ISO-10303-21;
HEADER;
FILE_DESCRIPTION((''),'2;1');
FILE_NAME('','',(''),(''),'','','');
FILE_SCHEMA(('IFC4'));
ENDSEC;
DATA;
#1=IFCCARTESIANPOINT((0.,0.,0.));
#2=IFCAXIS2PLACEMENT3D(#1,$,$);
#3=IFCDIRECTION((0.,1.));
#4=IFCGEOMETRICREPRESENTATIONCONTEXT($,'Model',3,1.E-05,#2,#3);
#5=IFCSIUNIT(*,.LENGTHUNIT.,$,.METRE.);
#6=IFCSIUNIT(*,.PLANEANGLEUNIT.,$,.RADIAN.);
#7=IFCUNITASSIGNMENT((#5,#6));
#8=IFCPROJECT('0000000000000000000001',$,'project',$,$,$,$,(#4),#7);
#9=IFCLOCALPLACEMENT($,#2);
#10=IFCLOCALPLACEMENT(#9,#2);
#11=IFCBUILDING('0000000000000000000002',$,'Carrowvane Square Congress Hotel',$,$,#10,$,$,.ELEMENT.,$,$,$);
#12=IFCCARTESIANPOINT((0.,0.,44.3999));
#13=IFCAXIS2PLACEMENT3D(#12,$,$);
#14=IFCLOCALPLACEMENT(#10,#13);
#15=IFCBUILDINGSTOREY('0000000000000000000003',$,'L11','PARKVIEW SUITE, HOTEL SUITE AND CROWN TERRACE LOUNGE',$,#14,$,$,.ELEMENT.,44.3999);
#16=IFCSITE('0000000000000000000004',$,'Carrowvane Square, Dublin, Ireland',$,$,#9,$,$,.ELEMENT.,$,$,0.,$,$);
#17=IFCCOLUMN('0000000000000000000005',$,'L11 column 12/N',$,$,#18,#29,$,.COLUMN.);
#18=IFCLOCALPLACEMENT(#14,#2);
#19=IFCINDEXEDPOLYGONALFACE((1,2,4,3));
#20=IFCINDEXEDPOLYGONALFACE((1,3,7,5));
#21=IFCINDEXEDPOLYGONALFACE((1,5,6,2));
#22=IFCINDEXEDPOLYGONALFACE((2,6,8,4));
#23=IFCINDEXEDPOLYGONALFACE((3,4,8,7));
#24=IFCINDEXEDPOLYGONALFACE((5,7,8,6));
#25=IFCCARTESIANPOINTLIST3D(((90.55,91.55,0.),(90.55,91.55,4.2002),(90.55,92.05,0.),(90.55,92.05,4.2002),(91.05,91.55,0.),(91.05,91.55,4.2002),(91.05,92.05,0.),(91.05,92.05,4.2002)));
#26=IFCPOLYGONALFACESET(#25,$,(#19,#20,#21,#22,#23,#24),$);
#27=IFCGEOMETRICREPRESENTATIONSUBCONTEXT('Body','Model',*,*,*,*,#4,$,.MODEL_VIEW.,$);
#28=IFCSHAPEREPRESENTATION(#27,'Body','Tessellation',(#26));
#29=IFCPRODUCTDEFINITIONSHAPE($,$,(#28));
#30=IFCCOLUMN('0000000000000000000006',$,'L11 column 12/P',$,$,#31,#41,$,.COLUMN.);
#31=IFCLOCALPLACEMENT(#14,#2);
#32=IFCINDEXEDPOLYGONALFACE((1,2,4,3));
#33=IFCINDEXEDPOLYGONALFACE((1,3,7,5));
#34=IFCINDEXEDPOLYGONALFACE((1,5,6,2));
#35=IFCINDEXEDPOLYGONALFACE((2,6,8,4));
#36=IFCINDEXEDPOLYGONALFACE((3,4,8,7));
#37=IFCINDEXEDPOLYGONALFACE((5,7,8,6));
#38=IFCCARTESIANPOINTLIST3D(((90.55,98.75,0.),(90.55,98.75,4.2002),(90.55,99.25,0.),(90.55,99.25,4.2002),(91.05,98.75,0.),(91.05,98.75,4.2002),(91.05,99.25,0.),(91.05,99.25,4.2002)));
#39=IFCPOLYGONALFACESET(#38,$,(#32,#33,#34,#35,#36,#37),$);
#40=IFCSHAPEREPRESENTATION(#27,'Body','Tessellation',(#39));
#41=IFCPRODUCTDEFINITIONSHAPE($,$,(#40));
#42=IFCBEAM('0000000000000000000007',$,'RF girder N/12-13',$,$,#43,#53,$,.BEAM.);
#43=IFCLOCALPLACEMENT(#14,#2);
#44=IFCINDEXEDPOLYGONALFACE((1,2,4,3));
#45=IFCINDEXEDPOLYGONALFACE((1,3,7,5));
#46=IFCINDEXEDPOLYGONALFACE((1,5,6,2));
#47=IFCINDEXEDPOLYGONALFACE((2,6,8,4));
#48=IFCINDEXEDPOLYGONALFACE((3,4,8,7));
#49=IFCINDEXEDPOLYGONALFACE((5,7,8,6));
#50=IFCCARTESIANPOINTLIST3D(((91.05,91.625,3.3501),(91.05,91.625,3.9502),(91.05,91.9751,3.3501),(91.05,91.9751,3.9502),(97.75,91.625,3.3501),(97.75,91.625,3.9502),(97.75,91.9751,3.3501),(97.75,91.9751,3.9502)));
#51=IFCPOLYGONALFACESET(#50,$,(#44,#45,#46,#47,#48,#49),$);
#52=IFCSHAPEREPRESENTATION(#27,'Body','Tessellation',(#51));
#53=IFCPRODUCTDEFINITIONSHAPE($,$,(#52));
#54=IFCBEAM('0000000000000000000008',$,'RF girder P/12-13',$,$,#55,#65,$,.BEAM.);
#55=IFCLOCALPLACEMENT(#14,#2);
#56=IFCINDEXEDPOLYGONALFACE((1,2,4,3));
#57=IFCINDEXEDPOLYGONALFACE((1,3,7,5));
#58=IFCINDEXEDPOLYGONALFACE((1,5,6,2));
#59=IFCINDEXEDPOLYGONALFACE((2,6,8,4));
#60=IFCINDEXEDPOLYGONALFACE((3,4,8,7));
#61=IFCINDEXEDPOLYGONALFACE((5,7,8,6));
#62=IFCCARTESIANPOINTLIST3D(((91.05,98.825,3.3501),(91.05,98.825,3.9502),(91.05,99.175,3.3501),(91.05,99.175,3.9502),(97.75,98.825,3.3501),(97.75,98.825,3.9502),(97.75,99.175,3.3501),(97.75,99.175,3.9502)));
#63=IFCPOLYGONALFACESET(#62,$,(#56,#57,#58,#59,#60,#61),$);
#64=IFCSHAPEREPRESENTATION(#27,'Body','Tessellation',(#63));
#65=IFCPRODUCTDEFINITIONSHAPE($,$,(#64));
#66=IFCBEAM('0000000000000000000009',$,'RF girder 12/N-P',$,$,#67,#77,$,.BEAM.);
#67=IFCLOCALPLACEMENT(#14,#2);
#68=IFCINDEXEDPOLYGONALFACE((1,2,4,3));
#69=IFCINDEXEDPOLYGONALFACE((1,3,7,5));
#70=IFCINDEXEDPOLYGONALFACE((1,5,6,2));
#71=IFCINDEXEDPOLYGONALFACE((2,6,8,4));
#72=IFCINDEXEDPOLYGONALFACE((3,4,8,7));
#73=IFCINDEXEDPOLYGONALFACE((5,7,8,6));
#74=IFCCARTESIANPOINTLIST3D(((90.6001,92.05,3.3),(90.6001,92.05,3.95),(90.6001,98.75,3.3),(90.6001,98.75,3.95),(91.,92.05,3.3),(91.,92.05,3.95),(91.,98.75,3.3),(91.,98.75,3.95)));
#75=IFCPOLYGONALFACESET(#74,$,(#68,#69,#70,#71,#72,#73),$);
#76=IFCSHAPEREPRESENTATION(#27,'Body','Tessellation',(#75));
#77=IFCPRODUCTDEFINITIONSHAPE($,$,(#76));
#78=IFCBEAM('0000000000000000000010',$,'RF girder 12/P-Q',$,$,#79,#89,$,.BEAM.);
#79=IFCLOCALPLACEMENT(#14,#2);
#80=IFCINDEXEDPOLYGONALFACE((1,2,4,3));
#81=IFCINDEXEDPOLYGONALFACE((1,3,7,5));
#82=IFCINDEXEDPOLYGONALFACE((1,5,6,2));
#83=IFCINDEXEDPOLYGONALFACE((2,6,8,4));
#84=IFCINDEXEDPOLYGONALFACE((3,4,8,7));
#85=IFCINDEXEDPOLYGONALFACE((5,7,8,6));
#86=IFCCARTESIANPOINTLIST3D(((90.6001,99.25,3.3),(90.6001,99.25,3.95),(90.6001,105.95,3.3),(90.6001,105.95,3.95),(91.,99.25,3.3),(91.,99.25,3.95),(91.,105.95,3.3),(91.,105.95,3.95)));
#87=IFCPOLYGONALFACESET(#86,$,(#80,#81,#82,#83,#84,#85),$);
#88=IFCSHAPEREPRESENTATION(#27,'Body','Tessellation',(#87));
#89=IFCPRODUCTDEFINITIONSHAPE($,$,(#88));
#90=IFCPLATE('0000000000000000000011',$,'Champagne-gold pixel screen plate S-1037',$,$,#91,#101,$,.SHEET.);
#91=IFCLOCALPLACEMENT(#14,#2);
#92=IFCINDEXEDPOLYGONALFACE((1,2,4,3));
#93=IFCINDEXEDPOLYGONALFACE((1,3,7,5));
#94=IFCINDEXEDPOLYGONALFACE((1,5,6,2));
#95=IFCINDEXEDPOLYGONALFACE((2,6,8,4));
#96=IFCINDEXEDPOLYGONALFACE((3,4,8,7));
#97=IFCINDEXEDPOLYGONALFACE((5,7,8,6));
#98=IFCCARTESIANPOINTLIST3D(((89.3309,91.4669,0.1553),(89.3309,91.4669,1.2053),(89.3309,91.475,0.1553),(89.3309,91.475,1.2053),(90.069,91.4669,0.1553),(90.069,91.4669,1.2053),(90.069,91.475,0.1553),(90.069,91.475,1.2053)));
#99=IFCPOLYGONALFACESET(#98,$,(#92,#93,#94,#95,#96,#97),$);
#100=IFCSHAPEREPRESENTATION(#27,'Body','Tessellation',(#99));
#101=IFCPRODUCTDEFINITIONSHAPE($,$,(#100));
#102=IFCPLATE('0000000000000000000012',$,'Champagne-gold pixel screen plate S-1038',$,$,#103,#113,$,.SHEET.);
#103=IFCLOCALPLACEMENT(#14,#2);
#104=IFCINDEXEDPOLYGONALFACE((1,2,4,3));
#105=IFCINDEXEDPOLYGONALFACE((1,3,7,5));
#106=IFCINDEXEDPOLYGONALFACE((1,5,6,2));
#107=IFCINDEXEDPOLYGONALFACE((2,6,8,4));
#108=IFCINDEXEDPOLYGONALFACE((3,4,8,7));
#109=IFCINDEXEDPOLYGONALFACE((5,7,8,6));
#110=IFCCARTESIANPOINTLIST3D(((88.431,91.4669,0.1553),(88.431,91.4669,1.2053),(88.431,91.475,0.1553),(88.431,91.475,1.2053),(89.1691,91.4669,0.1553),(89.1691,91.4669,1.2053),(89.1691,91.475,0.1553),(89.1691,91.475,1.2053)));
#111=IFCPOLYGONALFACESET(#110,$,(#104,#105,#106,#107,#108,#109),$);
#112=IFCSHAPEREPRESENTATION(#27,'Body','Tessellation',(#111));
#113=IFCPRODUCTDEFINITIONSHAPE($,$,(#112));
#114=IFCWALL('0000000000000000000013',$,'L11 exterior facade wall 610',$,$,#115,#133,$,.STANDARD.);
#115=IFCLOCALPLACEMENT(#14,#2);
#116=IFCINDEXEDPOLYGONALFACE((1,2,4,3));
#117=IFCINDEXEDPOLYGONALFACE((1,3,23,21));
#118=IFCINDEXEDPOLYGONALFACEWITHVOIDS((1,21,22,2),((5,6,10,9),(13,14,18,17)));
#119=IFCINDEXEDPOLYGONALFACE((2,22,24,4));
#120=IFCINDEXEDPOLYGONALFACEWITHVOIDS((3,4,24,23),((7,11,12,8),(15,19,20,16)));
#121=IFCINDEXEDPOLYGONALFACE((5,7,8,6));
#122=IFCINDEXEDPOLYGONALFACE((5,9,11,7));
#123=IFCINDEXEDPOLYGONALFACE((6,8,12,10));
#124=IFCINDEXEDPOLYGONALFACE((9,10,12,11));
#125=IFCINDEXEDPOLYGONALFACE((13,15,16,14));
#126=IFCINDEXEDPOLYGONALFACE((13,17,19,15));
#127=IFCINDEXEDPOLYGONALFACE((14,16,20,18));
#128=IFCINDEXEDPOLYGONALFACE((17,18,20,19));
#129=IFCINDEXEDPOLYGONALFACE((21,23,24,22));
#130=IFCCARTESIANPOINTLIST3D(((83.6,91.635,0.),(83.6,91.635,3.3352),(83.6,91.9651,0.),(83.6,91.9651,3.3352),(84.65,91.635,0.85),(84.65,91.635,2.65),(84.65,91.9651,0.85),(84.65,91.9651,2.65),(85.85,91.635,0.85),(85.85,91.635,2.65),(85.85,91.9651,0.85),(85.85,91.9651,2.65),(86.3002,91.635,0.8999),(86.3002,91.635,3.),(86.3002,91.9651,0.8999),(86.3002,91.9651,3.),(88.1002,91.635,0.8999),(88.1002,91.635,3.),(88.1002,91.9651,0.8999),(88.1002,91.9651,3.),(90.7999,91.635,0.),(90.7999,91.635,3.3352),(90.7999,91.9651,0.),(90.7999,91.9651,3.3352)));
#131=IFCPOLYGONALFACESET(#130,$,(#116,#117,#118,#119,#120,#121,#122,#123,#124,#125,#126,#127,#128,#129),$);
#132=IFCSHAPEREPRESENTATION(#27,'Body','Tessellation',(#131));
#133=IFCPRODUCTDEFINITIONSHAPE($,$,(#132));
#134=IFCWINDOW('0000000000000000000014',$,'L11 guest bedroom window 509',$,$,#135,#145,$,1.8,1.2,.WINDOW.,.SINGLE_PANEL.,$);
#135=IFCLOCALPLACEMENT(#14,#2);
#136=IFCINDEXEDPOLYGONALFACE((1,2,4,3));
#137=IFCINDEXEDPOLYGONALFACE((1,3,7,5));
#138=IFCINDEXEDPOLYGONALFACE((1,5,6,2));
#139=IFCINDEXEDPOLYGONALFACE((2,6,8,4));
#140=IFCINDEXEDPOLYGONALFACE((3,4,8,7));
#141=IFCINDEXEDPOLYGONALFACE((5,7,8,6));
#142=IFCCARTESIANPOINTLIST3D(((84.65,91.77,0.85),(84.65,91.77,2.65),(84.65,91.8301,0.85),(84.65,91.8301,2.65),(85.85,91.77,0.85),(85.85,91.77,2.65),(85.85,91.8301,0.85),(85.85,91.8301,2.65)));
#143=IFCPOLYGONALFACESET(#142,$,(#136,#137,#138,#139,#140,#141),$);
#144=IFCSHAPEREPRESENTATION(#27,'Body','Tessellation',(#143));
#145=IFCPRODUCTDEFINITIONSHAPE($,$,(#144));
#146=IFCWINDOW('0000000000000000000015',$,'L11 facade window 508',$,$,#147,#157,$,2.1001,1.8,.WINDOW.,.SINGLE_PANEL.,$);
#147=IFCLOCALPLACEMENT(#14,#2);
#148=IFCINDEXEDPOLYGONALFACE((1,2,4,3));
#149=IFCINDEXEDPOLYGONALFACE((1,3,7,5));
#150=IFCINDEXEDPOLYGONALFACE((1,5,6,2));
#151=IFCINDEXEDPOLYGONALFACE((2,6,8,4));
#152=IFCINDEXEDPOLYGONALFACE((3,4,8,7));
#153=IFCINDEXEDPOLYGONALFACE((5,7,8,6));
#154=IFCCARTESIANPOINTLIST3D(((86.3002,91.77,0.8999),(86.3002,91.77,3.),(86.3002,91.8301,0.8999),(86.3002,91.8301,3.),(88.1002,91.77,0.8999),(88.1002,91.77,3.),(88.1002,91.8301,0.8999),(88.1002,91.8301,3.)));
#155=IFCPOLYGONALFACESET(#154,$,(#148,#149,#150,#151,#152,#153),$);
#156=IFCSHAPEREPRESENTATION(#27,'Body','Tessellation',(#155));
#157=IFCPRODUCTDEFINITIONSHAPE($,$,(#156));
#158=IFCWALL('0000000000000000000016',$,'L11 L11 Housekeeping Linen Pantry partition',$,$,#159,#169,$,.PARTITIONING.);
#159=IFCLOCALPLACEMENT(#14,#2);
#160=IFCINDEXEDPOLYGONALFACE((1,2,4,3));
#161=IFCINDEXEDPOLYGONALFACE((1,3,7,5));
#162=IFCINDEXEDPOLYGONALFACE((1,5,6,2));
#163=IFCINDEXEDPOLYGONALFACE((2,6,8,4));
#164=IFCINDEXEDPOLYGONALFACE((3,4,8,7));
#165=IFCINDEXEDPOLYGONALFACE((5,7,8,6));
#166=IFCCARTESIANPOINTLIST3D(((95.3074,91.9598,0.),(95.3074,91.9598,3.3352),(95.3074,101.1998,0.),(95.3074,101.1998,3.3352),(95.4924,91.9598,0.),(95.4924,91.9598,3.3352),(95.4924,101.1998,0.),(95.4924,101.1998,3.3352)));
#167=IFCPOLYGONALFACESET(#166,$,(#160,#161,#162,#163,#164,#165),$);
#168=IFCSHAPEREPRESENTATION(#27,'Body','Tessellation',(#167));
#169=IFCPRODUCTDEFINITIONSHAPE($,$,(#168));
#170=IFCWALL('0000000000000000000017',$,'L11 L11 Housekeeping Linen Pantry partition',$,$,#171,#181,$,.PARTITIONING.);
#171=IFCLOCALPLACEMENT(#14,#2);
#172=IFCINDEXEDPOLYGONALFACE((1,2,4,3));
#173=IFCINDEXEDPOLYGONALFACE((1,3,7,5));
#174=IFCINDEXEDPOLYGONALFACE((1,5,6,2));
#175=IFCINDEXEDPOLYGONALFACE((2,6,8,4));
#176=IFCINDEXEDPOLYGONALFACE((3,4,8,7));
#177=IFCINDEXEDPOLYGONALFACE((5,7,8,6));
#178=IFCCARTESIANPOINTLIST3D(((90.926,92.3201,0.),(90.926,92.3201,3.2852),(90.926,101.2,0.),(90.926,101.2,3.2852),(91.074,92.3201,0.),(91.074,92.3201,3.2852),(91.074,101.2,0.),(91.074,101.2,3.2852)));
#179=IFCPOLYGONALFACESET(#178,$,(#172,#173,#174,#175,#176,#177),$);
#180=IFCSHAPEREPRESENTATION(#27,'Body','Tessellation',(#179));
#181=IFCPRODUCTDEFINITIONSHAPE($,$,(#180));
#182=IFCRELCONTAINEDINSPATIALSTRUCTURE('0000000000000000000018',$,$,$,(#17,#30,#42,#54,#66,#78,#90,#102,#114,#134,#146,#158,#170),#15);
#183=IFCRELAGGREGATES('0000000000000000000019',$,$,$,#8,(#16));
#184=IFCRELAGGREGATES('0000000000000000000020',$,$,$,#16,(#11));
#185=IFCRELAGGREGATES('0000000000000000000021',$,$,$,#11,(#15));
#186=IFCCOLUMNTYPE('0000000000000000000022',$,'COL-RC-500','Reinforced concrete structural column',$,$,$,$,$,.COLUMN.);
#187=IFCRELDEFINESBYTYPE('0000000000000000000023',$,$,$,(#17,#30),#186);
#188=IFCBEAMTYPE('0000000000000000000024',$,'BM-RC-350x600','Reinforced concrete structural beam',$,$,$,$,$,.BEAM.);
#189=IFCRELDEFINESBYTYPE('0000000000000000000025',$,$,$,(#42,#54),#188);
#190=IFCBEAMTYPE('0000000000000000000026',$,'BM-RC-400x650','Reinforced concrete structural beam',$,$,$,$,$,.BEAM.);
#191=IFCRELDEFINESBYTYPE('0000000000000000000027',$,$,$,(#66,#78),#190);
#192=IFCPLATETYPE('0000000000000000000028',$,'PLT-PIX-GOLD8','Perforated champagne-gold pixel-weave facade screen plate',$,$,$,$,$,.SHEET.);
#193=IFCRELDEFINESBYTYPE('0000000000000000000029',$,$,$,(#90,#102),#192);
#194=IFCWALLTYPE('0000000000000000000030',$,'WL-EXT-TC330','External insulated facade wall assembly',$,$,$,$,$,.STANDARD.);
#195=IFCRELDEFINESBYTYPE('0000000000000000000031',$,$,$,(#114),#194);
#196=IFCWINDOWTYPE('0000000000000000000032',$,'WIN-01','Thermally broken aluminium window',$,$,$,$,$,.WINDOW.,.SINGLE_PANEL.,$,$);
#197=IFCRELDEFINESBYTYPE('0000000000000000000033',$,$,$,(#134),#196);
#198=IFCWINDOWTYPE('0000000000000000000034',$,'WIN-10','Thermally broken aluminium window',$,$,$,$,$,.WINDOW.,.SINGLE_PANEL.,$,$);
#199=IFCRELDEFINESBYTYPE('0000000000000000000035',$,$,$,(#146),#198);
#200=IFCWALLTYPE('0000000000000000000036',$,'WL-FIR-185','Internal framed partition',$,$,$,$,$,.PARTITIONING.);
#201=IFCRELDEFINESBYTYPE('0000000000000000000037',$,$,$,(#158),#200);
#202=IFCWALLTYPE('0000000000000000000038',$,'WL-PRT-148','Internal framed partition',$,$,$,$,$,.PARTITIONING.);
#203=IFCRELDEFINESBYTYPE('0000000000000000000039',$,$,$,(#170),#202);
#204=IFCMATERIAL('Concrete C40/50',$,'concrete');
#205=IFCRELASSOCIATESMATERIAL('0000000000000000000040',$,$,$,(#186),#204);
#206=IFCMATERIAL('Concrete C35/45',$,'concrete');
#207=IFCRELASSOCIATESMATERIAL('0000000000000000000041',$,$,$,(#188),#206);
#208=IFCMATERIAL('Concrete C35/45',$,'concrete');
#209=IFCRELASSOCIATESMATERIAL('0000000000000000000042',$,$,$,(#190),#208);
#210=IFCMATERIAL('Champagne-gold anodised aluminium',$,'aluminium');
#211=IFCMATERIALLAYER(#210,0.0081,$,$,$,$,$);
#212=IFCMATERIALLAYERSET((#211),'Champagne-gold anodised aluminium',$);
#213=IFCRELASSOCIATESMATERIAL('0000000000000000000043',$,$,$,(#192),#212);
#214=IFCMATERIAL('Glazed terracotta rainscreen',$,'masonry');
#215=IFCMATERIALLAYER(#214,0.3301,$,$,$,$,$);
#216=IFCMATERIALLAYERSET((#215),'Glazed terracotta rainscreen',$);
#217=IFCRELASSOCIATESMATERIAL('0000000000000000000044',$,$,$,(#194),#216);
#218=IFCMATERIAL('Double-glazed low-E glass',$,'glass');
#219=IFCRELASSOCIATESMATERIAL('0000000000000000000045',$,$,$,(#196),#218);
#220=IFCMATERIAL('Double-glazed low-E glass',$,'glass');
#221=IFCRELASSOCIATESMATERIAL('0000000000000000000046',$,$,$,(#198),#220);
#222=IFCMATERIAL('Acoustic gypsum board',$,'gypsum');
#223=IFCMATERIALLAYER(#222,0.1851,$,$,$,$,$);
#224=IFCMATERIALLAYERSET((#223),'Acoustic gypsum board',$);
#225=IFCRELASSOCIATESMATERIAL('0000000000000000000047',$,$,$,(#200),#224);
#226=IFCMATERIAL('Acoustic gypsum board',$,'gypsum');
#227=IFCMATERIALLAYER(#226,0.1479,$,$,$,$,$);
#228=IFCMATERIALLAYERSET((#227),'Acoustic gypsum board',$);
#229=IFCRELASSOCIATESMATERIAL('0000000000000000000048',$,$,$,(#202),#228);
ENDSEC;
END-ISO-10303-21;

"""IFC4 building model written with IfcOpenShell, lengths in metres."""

from ifc_helpers import new_model, si_unit, direction, frame, frame_2d, origin, origin_2d, place, context, subcontext, project, spatial, rectangle, extrude, material, layer, layer_set, material_profile, profile_set, type_object, element, fill, save


model = new_model("IFC4")

# Units and contexts
model_context = context("Model", 3, precision=1e-05, world=origin(), true_north=direction((0.0, 1.0)))
body_context = subcontext(model_context, "Body", "Model", "MODEL_VIEW")
ifc_project = project(units=[si_unit("LENGTHUNIT", "METRE"), si_unit("PLANEANGLEUNIT", "RADIAN")], contexts=[model_context])

# Site, building, storey
site_placement = place(None, origin())
site = spatial("IfcSite", under=ifc_project, at=site_placement, Name="Carrowvane Square, Dublin, Ireland", CompositionType="ELEMENT", RefElevation=0.0)
building_placement = place(site_placement, origin())
building = spatial("IfcBuilding", under=site, at=building_placement, Name="Carrowvane Square Congress Hotel", CompositionType="ELEMENT")
storey_placement = place(building_placement, frame((0.0, 0.0, 44.3999)))
storey = spatial("IfcBuildingStorey", under=building, at=storey_placement, Name="L11", Description="PARKVIEW SUITE, HOTEL SUITE AND CROWN TERRACE LOUNGE", CompositionType="ELEMENT", Elevation=44.3999)

# Columns
ifc_material_1 = material(Name="Concrete C40/50", Category="concrete")
ifc_material_profile_1 = material_profile(ifc_material_1, rectangle(XDim=0.5, YDim=0.5, at=origin_2d()), Name="RC 500x500")
ifc_profile_set_1 = profile_set([ifc_material_profile_1], Name="Concrete C40/50")
column_type = type_object("IfcColumnType", Name="COL-RC-500", Description="Reinforced concrete structural column", PredefinedType="COLUMN", material=ifc_profile_set_1)
for number, where, z_axis, x_axis, name in (
    (1, (90.8, 91.8, 0.0), (0.0, 0.0, 1.0), (1.0, 0.0, 0.0), "L11 column 12/N"),
    (2, (90.8, 99.0, 0.0), (0.0, 0.0, 1.0), (1.0, 0.0, 0.0), "L11 column 12/P"),
):
    element("IfcColumn", number, at=place(storey_placement, frame(where, z_axis=z_axis, x_axis=x_axis)), inside=storey, type_object=column_type, Name=name, PredefinedType="COLUMN", context=body_context, shape_type="SweptSolid", body=[
        extrude(rectangle(XDim=0.5, YDim=0.5, at=origin_2d()), origin(), (0.0, 0.0, 1.0), 4.2002),
    ])

# Beams
ifc_material_2 = material(Name="Concrete C35/45", Category="concrete")
ifc_material_profile_2 = material_profile(ifc_material_2, rectangle(XDim=0.3501, YDim=0.6001, at=origin_2d()), Name="RC 350x600")
ifc_profile_set_2 = profile_set([ifc_material_profile_2], Name="Concrete C35/45")
beam_type_1 = type_object("IfcBeamType", Name="BM-RC-350x600", Description="Reinforced concrete structural beam", PredefinedType="BEAM", material=ifc_profile_set_2)
for number, where, z_axis, x_axis, name in (
    (3, (91.05, 91.8, 3.6501), (1.0, 0.0, 0.0), (0.0, 1.0, 0.0), "RF girder N/12-13"),
    (4, (91.05, 99.0, 3.6501), (1.0, 0.0, 0.0), (0.0, 1.0, 0.0), "RF girder P/12-13"),
):
    element("IfcBeam", number, at=place(storey_placement, frame(where, z_axis=z_axis, x_axis=x_axis)), inside=storey, type_object=beam_type_1, Name=name, PredefinedType="BEAM", context=body_context, shape_type="SweptSolid", body=[
        extrude(rectangle(XDim=0.3501, YDim=0.6001, at=origin_2d()), origin(), (0.0, 0.0, 1.0), 6.7),
    ])
ifc_material_3 = material(Name="Concrete C35/45", Category="concrete")
ifc_material_profile_3 = material_profile(ifc_material_3, rectangle(XDim=0.3999, YDim=0.6499, at=origin_2d()), Name="RC 400x650")
ifc_profile_set_3 = profile_set([ifc_material_profile_3], Name="Concrete C35/45")
beam_type_2 = type_object("IfcBeamType", Name="BM-RC-400x650", Description="Reinforced concrete structural beam", PredefinedType="BEAM", material=ifc_profile_set_3)
for number, where, z_axis, x_axis, name in (
    (5, (90.8, 92.05, 3.625), (0.0, 1.0, 0.0), (-1.0, 0.0, 0.0), "RF girder 12/N-P"),
    (6, (90.8, 99.25, 3.625), (0.0, 1.0, 0.0), (-1.0, 0.0, 0.0), "RF girder 12/P-Q"),
):
    element("IfcBeam", number, at=place(storey_placement, frame(where, z_axis=z_axis, x_axis=x_axis)), inside=storey, type_object=beam_type_2, Name=name, PredefinedType="BEAM", context=body_context, shape_type="SweptSolid", body=[
        extrude(rectangle(XDim=0.3999, YDim=0.6499, at=origin_2d()), origin(), (0.0, 0.0, 1.0), 6.7),
    ])

# Plates
ifc_material_4 = material(Name="Champagne-gold anodised aluminium", Category="aluminium")
ifc_layer_1 = layer(ifc_material_4, 0.0081)
ifc_layer_set_1 = layer_set([ifc_layer_1], Name="Champagne-gold anodised aluminium")
plate_type = type_object("IfcPlateType", Name="PLT-PIX-GOLD8", Description="Perforated champagne-gold pixel-weave facade screen plate", PredefinedType="SHEET", material=ifc_layer_set_1)
for number, where, z_axis, x_axis, name in (
    (7, (89.7, 91.4709, 0.1553), (0.0, 0.0, 1.0), (-1.0, 0.0, 0.0), "Champagne-gold pixel screen plate S-1037"),
    (8, (88.8, 91.4709, 0.1553), (0.0, 0.0, 1.0), (-1.0, 0.0, 0.0), "Champagne-gold pixel screen plate S-1038"),
):
    element("IfcPlate", number, at=place(storey_placement, frame(where, z_axis=z_axis, x_axis=x_axis)), inside=storey, type_object=plate_type, Name=name, PredefinedType="SHEET", context=body_context, shape_type="SweptSolid", body=[
        extrude(rectangle(XDim=0.738, YDim=0.0081, at=origin_2d()), origin(), (0.0, 0.0, 1.0), 1.05),
    ])

# Wall, openings, windows
ifc_material_5 = material(Name="Glazed terracotta rainscreen", Category="masonry")
ifc_layer_2 = layer(ifc_material_5, 0.3301)
ifc_layer_set_2 = layer_set([ifc_layer_2], Name="Glazed terracotta rainscreen")
wall_type_1 = type_object("IfcWallType", Name="WL-EXT-TC330", Description="External insulated facade wall assembly", PredefinedType="STANDARD", material=ifc_layer_set_2)
wall_1_placement = place(storey_placement, frame((90.8, 91.8, 0.0), z_axis=(0.0, 0.0, 1.0), x_axis=(-1.0, 0.0, 0.0)))
wall_1 = element("IfcWall", 9, at=wall_1_placement, inside=storey, type_object=wall_type_1, Name="L11 exterior facade wall 610", PredefinedType="STANDARD", context=body_context, shape_type="SweptSolid", body=[
    extrude(rectangle(XDim=7.2, YDim=0.3301, at=frame_2d((3.6001, 0.0))), origin(), (0.0, 0.0, 1.0), 3.3352),
])
opening_1_placement = place(wall_1_placement, frame((2.7, 0.0, 0.8999)))
opening_1 = element("IfcOpeningElement", 10, at=opening_1_placement, cuts=wall_1, PredefinedType="OPENING", context=body_context, shape_type="SweptSolid", body=[
    extrude(rectangle(XDim=1.8, YDim=2.1001, at=frame_2d((0.8999, 1.05))), frame((0.0, 0.175, 0.0), z_axis=(0.0, -1.0, 0.0), x_axis=(1.0, 0.0, 0.0)), (0.0, 0.0, 1.0), 0.3501),
])
opening_2_placement = place(wall_1_placement, frame((4.95, 0.0, 0.8501)))
opening_2 = element("IfcOpeningElement", 11, at=opening_2_placement, cuts=wall_1, PredefinedType="OPENING", context=body_context, shape_type="SweptSolid", body=[
    extrude(rectangle(XDim=1.2, YDim=1.8, at=frame_2d((0.6001, 0.8999))), frame((0.0, 0.175, 0.0), z_axis=(0.0, -1.0, 0.0), x_axis=(1.0, 0.0, 0.0)), (0.0, 0.0, 1.0), 0.3501),
])
ifc_material_6 = material(Name="Double-glazed low-E glass", Category="glass")
window_type_1 = type_object("IfcWindowType", Name="WIN-01", Description="Thermally broken aluminium window", PartitioningType="SINGLE_PANEL", PredefinedType="WINDOW", material=ifc_material_6)
window_1_placement = place(opening_2_placement, origin())
window_1 = element("IfcWindow", 12, at=window_1_placement, inside=storey, type_object=window_type_1, Name="L11 guest bedroom window 509", OverallHeight=1.8, OverallWidth=1.2, PartitioningType="SINGLE_PANEL", PredefinedType="WINDOW", context=body_context, shape_type="SweptSolid", body=[
    extrude(rectangle(XDim=1.2, YDim=1.8, at=frame_2d((0.6001, 0.8999))), frame((0.0, 0.03, 0.0), z_axis=(0.0, -1.0, 0.0), x_axis=(1.0, 0.0, 0.0)), (0.0, 0.0, 1.0), 0.0601),
])
fill(opening_2, window_1)
ifc_material_7 = material(Name="Double-glazed low-E glass", Category="glass")
window_type_2 = type_object("IfcWindowType", Name="WIN-10", Description="Thermally broken aluminium window", PartitioningType="SINGLE_PANEL", PredefinedType="WINDOW", material=ifc_material_7)
window_2_placement = place(opening_1_placement, origin())
window_2 = element("IfcWindow", 13, at=window_2_placement, inside=storey, type_object=window_type_2, Name="L11 facade window 508", OverallHeight=2.1001, OverallWidth=1.8, PartitioningType="SINGLE_PANEL", PredefinedType="WINDOW", context=body_context, shape_type="SweptSolid", body=[
    extrude(rectangle(XDim=1.8, YDim=2.1001, at=frame_2d((0.8999, 1.05))), frame((0.0, 0.03, 0.0), z_axis=(0.0, -1.0, 0.0), x_axis=(1.0, 0.0, 0.0)), (0.0, 0.0, 1.0), 0.0601),
])
fill(opening_1, window_2)

# Wall
ifc_material_8 = material(Name="Acoustic gypsum board", Category="gypsum")
ifc_layer_3 = layer(ifc_material_8, 0.1851)
ifc_layer_set_3 = layer_set([ifc_layer_3], Name="Acoustic gypsum board")
wall_type_2 = type_object("IfcWallType", Name="WL-FIR-185", Description="Internal framed partition", PredefinedType="PARTITIONING", material=ifc_layer_set_3)
wall_2_placement = place(storey_placement, frame((95.3999, 101.2, 0.0), z_axis=(0.0, 0.0, 1.0), x_axis=(0.0, -1.0, 0.0)))
element("IfcWall", 14, at=wall_2_placement, inside=storey, type_object=wall_type_2, Name="L11 L11 Housekeeping Linen Pantry partition", PredefinedType="PARTITIONING", context=body_context, shape_type="SweptSolid", body=[
    extrude(rectangle(XDim=9.24, YDim=0.1851, at=frame_2d((4.6201, 0.0))), origin(), (0.0, 0.0, 1.0), 3.3352),
])

# Wall
ifc_material_9 = material(Name="Acoustic gypsum board", Category="gypsum")
ifc_layer_4 = layer(ifc_material_9, 0.1479)
ifc_layer_set_4 = layer_set([ifc_layer_4], Name="Acoustic gypsum board")
wall_type_3 = type_object("IfcWallType", Name="WL-PRT-148", Description="Internal framed partition", PredefinedType="PARTITIONING", material=ifc_layer_set_4)
wall_3_placement = place(storey_placement, frame((91.0, 92.3201, 0.0), z_axis=(0.0, 0.0, 1.0), x_axis=(0.0, 1.0, 0.0)))
element("IfcWall", 15, at=wall_3_placement, inside=storey, type_object=wall_type_3, Name="L11 L11 Housekeeping Linen Pantry partition", PredefinedType="PARTITIONING", context=body_context, shape_type="SweptSolid", body=[
    extrude(rectangle(XDim=8.8799, YDim=0.1479, at=frame_2d((4.4399, 0.0))), origin(), (0.0, 0.0, 1.0), 3.2852),
])

save(model, "model.ifc")
